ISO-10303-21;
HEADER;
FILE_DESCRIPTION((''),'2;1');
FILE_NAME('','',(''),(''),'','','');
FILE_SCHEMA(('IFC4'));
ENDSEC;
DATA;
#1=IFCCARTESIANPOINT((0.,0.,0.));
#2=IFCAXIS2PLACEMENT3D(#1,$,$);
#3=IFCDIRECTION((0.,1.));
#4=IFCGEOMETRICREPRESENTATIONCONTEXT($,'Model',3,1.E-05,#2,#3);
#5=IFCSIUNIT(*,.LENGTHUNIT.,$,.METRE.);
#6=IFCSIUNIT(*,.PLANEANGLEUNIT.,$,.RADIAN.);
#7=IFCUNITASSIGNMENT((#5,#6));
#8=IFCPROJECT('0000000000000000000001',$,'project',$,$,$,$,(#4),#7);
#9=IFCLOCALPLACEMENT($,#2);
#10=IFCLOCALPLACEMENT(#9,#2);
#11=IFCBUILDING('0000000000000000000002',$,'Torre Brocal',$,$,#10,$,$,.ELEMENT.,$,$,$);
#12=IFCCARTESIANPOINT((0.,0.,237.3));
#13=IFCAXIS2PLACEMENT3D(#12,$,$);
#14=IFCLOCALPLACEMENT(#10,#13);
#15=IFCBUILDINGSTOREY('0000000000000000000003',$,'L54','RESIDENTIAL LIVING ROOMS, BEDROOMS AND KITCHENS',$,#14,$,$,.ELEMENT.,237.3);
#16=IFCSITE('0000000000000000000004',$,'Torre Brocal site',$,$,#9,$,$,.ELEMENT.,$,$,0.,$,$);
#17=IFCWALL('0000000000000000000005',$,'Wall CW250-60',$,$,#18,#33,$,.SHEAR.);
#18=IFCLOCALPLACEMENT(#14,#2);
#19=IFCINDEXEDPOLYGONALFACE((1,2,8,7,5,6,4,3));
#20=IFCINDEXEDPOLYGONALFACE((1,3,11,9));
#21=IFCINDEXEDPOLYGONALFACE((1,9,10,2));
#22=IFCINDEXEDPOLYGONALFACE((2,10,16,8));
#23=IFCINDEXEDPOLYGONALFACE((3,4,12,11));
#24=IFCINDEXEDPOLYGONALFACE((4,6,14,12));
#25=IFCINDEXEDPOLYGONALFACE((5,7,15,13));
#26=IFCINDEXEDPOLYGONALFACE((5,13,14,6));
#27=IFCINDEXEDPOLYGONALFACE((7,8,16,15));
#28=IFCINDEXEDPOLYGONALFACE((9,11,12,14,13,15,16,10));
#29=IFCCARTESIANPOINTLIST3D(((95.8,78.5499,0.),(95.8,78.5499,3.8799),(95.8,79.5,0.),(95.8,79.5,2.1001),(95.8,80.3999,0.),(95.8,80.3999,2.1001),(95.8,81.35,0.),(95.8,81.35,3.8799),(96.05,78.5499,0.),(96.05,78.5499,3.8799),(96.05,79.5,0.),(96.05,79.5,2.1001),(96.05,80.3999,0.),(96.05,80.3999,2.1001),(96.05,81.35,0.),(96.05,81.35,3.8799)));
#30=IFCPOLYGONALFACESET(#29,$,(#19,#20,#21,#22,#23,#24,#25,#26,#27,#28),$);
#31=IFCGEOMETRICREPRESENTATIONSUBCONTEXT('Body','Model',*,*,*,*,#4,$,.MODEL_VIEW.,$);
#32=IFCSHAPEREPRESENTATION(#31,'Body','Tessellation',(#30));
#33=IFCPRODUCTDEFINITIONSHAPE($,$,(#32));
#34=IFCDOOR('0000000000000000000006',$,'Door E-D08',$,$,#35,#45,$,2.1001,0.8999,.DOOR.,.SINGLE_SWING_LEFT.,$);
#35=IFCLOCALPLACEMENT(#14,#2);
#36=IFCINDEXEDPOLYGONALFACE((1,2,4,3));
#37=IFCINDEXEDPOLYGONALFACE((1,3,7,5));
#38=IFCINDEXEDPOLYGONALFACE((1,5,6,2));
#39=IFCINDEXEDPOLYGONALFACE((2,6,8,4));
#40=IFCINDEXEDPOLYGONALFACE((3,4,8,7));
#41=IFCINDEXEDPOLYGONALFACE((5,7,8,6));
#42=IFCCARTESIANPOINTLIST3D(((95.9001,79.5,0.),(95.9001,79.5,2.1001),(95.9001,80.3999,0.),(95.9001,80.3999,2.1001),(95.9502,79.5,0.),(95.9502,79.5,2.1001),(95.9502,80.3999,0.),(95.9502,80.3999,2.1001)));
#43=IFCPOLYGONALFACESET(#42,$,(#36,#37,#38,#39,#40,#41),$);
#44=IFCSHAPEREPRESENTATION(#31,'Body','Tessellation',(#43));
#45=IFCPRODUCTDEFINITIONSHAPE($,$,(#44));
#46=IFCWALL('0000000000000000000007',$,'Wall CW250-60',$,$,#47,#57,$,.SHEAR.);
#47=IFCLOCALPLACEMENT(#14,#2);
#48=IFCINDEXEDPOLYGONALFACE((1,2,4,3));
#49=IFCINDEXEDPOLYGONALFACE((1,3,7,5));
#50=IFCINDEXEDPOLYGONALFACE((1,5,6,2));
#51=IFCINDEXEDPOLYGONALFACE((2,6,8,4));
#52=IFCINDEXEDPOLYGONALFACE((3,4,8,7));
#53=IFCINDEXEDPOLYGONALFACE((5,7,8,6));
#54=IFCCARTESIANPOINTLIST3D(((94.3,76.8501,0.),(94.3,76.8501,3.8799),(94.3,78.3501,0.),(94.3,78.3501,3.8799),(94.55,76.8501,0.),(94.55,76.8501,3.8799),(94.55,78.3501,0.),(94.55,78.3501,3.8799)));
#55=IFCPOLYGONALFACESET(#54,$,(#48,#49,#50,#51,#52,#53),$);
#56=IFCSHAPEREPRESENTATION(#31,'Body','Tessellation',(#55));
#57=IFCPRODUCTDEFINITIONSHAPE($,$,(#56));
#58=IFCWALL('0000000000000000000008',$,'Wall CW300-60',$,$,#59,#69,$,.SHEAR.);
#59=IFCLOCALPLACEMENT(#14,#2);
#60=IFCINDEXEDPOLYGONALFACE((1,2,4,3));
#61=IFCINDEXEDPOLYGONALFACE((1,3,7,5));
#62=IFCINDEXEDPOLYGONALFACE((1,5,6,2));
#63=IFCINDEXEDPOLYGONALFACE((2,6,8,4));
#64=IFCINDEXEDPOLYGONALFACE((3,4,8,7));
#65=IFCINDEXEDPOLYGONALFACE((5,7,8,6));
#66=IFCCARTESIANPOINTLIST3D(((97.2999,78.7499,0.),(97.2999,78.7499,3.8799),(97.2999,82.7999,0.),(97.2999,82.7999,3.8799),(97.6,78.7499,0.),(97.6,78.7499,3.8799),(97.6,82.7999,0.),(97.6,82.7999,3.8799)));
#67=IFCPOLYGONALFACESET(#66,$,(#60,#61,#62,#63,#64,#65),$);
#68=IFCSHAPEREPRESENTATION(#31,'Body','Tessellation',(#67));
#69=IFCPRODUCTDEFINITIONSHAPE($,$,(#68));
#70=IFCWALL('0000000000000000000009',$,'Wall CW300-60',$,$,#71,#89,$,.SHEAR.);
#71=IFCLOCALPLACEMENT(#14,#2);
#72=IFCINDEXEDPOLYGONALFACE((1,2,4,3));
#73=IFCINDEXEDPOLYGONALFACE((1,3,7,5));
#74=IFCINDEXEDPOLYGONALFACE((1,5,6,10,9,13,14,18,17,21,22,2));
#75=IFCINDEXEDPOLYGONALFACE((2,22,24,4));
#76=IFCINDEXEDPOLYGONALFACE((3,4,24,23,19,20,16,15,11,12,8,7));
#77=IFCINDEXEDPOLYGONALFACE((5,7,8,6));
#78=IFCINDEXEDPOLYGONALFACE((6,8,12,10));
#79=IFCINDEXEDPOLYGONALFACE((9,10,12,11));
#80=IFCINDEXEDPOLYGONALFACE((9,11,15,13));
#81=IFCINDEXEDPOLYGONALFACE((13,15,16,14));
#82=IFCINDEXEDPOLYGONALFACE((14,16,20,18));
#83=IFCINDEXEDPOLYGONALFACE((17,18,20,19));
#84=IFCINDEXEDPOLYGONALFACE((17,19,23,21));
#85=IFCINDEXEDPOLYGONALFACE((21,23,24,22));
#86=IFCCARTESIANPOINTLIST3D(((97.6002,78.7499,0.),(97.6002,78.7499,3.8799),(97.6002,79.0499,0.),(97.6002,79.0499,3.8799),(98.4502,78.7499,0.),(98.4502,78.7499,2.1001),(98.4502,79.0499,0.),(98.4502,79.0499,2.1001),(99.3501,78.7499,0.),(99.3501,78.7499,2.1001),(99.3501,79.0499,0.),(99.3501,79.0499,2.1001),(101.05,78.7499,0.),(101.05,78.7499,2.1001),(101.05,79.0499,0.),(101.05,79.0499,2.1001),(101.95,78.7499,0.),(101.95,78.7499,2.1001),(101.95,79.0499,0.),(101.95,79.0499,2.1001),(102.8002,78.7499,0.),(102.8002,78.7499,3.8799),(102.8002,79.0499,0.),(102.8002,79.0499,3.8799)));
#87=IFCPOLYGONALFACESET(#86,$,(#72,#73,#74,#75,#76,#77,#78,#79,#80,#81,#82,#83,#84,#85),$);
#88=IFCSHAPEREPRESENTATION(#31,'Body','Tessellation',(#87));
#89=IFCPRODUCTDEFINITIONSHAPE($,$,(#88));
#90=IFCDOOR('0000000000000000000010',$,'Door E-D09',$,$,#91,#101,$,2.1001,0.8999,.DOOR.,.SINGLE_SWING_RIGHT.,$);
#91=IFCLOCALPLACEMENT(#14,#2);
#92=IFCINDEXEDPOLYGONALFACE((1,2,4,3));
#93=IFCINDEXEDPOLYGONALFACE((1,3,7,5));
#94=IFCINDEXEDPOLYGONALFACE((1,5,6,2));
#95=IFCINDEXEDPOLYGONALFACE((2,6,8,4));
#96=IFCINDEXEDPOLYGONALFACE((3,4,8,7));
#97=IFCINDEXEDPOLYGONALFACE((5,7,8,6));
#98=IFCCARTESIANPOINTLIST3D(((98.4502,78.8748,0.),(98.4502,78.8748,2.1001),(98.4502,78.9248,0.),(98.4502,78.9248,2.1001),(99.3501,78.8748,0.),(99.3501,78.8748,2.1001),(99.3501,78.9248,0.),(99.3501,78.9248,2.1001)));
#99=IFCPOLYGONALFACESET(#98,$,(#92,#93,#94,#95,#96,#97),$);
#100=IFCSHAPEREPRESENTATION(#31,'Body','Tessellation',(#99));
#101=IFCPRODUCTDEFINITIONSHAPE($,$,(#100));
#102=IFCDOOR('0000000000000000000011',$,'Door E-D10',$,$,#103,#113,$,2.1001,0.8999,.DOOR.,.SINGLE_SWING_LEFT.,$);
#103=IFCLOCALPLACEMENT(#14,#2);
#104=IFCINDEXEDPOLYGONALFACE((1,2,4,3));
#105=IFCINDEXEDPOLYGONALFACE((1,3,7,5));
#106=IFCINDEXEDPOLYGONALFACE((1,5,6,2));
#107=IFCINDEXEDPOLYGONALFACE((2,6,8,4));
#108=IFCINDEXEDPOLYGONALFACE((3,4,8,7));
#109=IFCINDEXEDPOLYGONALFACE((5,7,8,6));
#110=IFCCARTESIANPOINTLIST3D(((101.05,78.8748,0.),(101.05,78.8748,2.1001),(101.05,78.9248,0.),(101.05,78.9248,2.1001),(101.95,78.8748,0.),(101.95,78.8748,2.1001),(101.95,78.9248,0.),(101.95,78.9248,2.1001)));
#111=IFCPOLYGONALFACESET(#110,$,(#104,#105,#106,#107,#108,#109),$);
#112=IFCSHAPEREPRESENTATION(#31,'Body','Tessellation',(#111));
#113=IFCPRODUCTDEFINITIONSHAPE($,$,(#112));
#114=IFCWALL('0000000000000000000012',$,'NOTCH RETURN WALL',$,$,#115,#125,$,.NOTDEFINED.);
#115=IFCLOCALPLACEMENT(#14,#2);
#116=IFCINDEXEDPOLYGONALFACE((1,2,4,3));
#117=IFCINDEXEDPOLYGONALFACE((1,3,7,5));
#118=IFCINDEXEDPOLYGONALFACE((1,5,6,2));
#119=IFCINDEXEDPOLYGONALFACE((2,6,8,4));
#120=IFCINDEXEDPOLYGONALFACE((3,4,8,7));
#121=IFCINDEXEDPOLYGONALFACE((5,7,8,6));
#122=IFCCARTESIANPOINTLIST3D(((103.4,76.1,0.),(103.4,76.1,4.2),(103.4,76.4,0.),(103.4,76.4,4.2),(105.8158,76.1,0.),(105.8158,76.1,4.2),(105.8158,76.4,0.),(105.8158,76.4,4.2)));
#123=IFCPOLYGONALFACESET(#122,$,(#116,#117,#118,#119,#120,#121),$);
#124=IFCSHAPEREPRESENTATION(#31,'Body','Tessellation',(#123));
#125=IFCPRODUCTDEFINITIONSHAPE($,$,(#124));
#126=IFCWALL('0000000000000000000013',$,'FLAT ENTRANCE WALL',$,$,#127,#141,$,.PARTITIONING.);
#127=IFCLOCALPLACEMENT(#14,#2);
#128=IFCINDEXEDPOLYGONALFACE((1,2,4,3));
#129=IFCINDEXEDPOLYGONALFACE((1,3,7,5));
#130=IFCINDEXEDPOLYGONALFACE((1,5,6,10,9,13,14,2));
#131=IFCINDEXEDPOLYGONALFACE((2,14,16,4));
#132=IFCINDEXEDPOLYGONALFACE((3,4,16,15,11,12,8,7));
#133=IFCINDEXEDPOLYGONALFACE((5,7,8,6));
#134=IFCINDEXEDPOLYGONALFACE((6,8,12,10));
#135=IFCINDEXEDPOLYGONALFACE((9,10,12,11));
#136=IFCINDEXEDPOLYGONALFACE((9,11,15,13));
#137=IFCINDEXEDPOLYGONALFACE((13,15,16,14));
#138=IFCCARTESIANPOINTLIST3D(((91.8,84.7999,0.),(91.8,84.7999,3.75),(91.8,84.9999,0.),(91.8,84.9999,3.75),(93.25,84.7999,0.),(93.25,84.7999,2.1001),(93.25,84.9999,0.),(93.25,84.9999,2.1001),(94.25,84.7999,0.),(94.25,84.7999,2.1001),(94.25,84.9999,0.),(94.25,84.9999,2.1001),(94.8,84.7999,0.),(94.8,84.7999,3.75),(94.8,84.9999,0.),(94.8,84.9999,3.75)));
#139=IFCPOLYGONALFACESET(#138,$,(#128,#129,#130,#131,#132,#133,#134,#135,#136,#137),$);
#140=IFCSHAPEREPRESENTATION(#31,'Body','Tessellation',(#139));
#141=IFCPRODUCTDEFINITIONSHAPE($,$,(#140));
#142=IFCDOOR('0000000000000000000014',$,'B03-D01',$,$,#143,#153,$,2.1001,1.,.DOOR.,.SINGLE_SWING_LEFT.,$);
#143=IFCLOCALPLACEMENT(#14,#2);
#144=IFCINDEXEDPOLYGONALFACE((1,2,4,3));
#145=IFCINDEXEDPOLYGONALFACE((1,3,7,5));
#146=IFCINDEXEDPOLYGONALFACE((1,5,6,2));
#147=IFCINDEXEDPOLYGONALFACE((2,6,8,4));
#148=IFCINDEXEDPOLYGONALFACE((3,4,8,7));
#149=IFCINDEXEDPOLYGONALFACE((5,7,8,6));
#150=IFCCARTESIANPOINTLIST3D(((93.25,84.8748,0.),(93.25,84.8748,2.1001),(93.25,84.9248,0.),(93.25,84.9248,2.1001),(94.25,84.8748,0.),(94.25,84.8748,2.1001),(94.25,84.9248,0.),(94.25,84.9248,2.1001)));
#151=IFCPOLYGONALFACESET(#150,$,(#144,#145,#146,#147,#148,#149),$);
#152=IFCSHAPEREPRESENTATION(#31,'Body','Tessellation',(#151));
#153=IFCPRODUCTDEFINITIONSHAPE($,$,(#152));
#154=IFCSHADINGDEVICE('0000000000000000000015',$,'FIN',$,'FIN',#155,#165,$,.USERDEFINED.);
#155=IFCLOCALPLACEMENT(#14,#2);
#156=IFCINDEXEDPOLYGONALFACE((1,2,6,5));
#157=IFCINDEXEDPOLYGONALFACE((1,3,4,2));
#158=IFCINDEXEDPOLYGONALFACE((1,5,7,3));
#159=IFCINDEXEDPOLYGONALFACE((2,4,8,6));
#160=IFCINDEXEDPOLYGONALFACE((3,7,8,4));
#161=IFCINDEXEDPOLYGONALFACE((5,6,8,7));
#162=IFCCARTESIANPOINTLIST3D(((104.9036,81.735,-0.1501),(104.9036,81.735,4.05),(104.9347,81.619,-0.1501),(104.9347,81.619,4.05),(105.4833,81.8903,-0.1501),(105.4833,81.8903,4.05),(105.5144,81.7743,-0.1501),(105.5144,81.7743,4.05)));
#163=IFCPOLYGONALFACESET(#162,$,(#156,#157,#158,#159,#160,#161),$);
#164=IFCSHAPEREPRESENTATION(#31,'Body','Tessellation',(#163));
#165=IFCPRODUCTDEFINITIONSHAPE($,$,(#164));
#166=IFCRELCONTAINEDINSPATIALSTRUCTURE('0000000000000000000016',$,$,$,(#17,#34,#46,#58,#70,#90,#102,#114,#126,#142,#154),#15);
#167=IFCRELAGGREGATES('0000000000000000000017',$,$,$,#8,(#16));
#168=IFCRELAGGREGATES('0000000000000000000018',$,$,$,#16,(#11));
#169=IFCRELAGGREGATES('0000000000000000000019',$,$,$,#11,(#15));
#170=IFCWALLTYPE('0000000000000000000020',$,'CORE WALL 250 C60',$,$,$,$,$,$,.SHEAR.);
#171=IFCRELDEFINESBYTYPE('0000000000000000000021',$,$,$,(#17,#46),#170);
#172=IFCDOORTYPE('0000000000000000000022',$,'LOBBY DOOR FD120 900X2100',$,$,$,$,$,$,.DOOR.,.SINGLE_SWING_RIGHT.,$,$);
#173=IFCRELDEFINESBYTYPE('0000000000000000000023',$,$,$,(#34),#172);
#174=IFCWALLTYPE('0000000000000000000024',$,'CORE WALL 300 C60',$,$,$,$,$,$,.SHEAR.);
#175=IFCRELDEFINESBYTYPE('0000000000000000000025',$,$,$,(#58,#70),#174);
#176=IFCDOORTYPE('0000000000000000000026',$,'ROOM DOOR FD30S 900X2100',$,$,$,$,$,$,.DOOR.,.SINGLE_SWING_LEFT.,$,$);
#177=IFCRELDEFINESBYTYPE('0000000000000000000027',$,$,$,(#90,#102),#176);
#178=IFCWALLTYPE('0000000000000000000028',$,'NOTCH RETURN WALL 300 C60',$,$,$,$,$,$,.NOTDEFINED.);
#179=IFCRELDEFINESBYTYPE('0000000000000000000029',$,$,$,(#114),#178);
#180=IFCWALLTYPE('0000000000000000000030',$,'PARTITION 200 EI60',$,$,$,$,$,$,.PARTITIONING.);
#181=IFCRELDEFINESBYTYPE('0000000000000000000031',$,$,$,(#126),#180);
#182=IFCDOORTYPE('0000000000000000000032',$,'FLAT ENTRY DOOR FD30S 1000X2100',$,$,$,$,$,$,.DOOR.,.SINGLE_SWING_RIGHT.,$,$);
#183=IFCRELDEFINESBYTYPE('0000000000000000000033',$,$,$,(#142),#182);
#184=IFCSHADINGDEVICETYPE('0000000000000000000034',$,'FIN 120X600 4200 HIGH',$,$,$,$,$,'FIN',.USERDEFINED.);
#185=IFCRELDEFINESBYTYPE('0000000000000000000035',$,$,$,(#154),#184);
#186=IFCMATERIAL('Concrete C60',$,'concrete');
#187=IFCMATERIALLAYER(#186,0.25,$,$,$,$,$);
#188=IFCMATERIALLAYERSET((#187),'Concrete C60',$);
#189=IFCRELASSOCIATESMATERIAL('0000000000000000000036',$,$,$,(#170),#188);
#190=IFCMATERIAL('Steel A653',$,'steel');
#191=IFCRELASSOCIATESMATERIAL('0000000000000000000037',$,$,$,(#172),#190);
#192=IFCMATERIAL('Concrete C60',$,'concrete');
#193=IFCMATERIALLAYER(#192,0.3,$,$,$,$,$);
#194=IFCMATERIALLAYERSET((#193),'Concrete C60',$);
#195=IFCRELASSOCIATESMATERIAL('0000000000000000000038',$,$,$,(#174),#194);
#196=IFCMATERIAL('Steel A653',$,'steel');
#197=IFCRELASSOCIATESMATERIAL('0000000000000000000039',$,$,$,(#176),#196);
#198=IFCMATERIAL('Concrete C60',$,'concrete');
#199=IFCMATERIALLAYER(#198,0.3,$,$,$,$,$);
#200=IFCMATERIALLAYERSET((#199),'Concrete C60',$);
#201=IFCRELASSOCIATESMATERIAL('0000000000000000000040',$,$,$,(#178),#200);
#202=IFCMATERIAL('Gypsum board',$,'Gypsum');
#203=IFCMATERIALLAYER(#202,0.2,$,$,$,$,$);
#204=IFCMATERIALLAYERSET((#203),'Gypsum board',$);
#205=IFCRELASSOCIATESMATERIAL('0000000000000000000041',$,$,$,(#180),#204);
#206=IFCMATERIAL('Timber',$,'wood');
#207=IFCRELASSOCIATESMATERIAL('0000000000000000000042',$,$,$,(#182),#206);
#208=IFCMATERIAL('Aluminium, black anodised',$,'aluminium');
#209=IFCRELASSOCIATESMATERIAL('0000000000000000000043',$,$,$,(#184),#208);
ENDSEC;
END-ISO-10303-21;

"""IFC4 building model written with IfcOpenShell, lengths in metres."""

from ifc_helpers import new_model, si_unit, direction, frame, frame_2d, origin, origin_2d, place, context, subcontext, project, spatial, rectangle, extrude, material, layer, layer_set, material_profile, profile_set, type_object, element, fill, save


model = new_model("IFC4")

# Units and contexts
model_context = context("Model", 3, precision=1e-05, world=origin(), true_north=direction((0.0, 1.0)))
body_context = subcontext(model_context, "Body", "Model", "MODEL_VIEW")
ifc_project = project(units=[si_unit("LENGTHUNIT", "METRE"), si_unit("PLANEANGLEUNIT", "RADIAN")], contexts=[model_context])

# Site, building, storey
site_placement = place(None, origin())
site = spatial("IfcSite", under=ifc_project, at=site_placement, Name="Torre Brocal site", CompositionType="ELEMENT", RefElevation=0.0)
building_placement = place(site_placement, origin())
building = spatial("IfcBuilding", under=site, at=building_placement, Name="Torre Brocal", CompositionType="ELEMENT")
storey_placement = place(building_placement, frame((0.0, 0.0, 237.3)))
storey = spatial("IfcBuildingStorey", under=building, at=storey_placement, Name="L54", Description="RESIDENTIAL LIVING ROOMS, BEDROOMS AND KITCHENS", CompositionType="ELEMENT", Elevation=237.3)

# Wall, opening, door
ifc_material_1 = material(Name="Concrete C60", Category="concrete")
ifc_layer_1 = layer(ifc_material_1, 0.25)
ifc_layer_set_1 = layer_set([ifc_layer_1], Name="Concrete C60")
wall_type_1 = type_object("IfcWallType", Name="CORE WALL 250 C60", PredefinedType="SHEAR", material=ifc_layer_set_1)
wall_1_placement = place(storey_placement, frame((95.925, 78.55, 0.0), z_axis=(0.0, 0.0, 1.0), x_axis=(0.0, 1.0, 0.0)))
wall_1 = element("IfcWall", 1, at=wall_1_placement, inside=storey, type_object=wall_type_1, Name="Wall CW250-60", PredefinedType="SHEAR", context=body_context, shape_type="SweptSolid", body=[
    extrude(rectangle(XDim=2.8, YDim=0.25, at=frame_2d((1.3999, 0.0))), origin(), (0.0, 0.0, 1.0), 3.8799),
])
opening_1_placement = place(wall_1_placement, frame((0.95, 0.0, 0.0)))
opening_1 = element("IfcOpeningElement", 2, at=opening_1_placement, cuts=wall_1, PredefinedType="OPENING", context=body_context, shape_type="SweptSolid", body=[
    extrude(rectangle(XDim=0.8999, YDim=2.1001, at=frame_2d((0.45, 1.05))), frame((0.0, 0.135, 0.0), z_axis=(0.0, -1.0, 0.0), x_axis=(1.0, 0.0, 0.0)), (0.0, 0.0, 1.0), 0.27),
])
ifc_material_2 = material(Name="Steel A653", Category="steel")
door_type_1 = type_object("IfcDoorType", Name="LOBBY DOOR FD120 900X2100", OperationType="SINGLE_SWING_RIGHT", PredefinedType="DOOR", material=ifc_material_2)
door_1_placement = place(opening_1_placement, origin())
door_1 = element("IfcDoor", 3, at=door_1_placement, inside=storey, type_object=door_type_1, Name="Door E-D08", OperationType="SINGLE_SWING_LEFT", OverallHeight=2.1001, OverallWidth=0.8999, PredefinedType="DOOR", context=body_context, shape_type="SweptSolid", body=[
    extrude(rectangle(XDim=0.8999, YDim=2.1001, at=frame_2d((0.45, 1.05))), frame((0.0, 0.0249, 0.0), z_axis=(0.0, -1.0, 0.0), x_axis=(1.0, 0.0, 0.0)), (0.0, 0.0, 1.0), 0.05),
])
fill(opening_1, door_1)

# Walls
wall_2_placement = place(storey_placement, frame((94.425, 76.8501, 0.0), z_axis=(0.0, 0.0, 1.0), x_axis=(0.0, 1.0, 0.0)))
element("IfcWall", 4, at=wall_2_placement, inside=storey, type_object=wall_type_1, Name="Wall CW250-60", PredefinedType="SHEAR", context=body_context, shape_type="SweptSolid", body=[
    extrude(rectangle(XDim=1.5, YDim=0.25, at=frame_2d((0.75, 0.0))), origin(), (0.0, 0.0, 1.0), 3.8799),
])
ifc_material_3 = material(Name="Concrete C60", Category="concrete")
ifc_layer_2 = layer(ifc_material_3, 0.3)
ifc_layer_set_2 = layer_set([ifc_layer_2], Name="Concrete C60")
wall_type_2 = type_object("IfcWallType", Name="CORE WALL 300 C60", PredefinedType="SHEAR", material=ifc_layer_set_2)
wall_3_placement = place(storey_placement, frame((97.45, 78.75, 0.0), z_axis=(0.0, 0.0, 1.0), x_axis=(0.0, 1.0, 0.0)))
element("IfcWall", 5, at=wall_3_placement, inside=storey, type_object=wall_type_2, Name="Wall CW300-60", PredefinedType="SHEAR", context=body_context, shape_type="SweptSolid", body=[
    extrude(rectangle(XDim=4.05, YDim=0.3, at=frame_2d((2.0249, 0.0))), origin(), (0.0, 0.0, 1.0), 3.8799),
])

# Wall, openings, doors
wall_4_placement = place(storey_placement, frame((97.6001, 78.8999, 0.0), z_axis=(0.0, 0.0, 1.0), x_axis=(1.0, 0.0, 0.0)))
wall_4 = element("IfcWall", 6, at=wall_4_placement, inside=storey, type_object=wall_type_2, Name="Wall CW300-60", PredefinedType="SHEAR", context=body_context, shape_type="SweptSolid", body=[
    extrude(rectangle(XDim=5.2, YDim=0.3, at=frame_2d((2.6001, 0.0))), origin(), (0.0, 0.0, 1.0), 3.8799),
])
opening_2_placement = place(wall_4_placement, frame((0.8501, 0.0, 0.0)))
opening_2 = element("IfcOpeningElement", 7, at=opening_2_placement, cuts=wall_4, PredefinedType="OPENING", context=body_context, shape_type="SweptSolid", body=[
    extrude(rectangle(XDim=0.8999, YDim=2.1001, at=frame_2d((0.45, 1.05))), frame((0.0, 0.1599, 0.0), z_axis=(0.0, -1.0, 0.0), x_axis=(1.0, 0.0, 0.0)), (0.0, 0.0, 1.0), 0.3201),
])
opening_3_placement = place(wall_4_placement, frame((3.45, 0.0, 0.0)))
opening_3 = element("IfcOpeningElement", 8, at=opening_3_placement, cuts=wall_4, PredefinedType="OPENING", context=body_context, shape_type="SweptSolid", body=[
    extrude(rectangle(XDim=0.8999, YDim=2.1001, at=frame_2d((0.45, 1.05))), frame((0.0, 0.1599, 0.0), z_axis=(0.0, -1.0, 0.0), x_axis=(1.0, 0.0, 0.0)), (0.0, 0.0, 1.0), 0.3201),
])
ifc_material_4 = material(Name="Steel A653", Category="steel")
door_type_2 = type_object("IfcDoorType", Name="ROOM DOOR FD30S 900X2100", OperationType="SINGLE_SWING_LEFT", PredefinedType="DOOR", material=ifc_material_4)
door_2_placement = place(opening_2_placement, origin())
door_2 = element("IfcDoor", 9, at=door_2_placement, inside=storey, type_object=door_type_2, Name="Door E-D09", OperationType="SINGLE_SWING_RIGHT", OverallHeight=2.1001, OverallWidth=0.8999, PredefinedType="DOOR", context=body_context, shape_type="SweptSolid", body=[
    extrude(rectangle(XDim=0.8999, YDim=2.1001, at=frame_2d((0.45, 1.05))), frame((0.0, 0.0249, 0.0), z_axis=(0.0, -1.0, 0.0), x_axis=(1.0, 0.0, 0.0)), (0.0, 0.0, 1.0), 0.05),
])
fill(opening_2, door_2)
door_3_placement = place(opening_3_placement, origin())
door_3 = element("IfcDoor", 10, at=door_3_placement, inside=storey, type_object=door_type_2, Name="Door E-D10", OperationType="SINGLE_SWING_LEFT", OverallHeight=2.1001, OverallWidth=0.8999, PredefinedType="DOOR", context=body_context, shape_type="SweptSolid", body=[
    extrude(rectangle(XDim=0.8999, YDim=2.1001, at=frame_2d((0.45, 1.05))), frame((0.0, 0.0249, 0.0), z_axis=(0.0, -1.0, 0.0), x_axis=(1.0, 0.0, 0.0)), (0.0, 0.0, 1.0), 0.05),
])
fill(opening_3, door_3)

# Wall
ifc_material_5 = material(Name="Concrete C60", Category="concrete")
ifc_layer_3 = layer(ifc_material_5, 0.3)
ifc_layer_set_3 = layer_set([ifc_layer_3], Name="Concrete C60")
wall_type_3 = type_object("IfcWallType", Name="NOTCH RETURN WALL 300 C60", PredefinedType="NOTDEFINED", material=ifc_layer_set_3)
wall_5_placement = place(storey_placement, frame((103.3999, 76.25, 0.0), z_axis=(0.0, 0.0, 1.0), x_axis=(1.0, 0.0, 0.0)))
element("IfcWall", 11, at=wall_5_placement, inside=storey, type_object=wall_type_3, Name="NOTCH RETURN WALL", PredefinedType="NOTDEFINED", context=body_context, shape_type="SweptSolid", body=[
    extrude(rectangle(XDim=2.4158, YDim=0.3, at=frame_2d((1.208, 0.0))), origin(), (0.0, 0.0, 1.0), 4.2),
])

# Wall, opening, door
ifc_material_6 = material(Name="Gypsum board", Category="Gypsum")
ifc_layer_4 = layer(ifc_material_6, 0.2)
ifc_layer_set_4 = layer_set([ifc_layer_4], Name="Gypsum board")
wall_type_4 = type_object("IfcWallType", Name="PARTITION 200 EI60", PredefinedType="PARTITIONING", material=ifc_layer_set_4)
wall_6_placement = place(storey_placement, frame((91.8, 84.8999, 0.0), z_axis=(0.0, 0.0, 1.0), x_axis=(1.0, 0.0, 0.0)))
wall_6 = element("IfcWall", 12, at=wall_6_placement, inside=storey, type_object=wall_type_4, Name="FLAT ENTRANCE WALL", PredefinedType="PARTITIONING", context=body_context, shape_type="SweptSolid", body=[
    extrude(rectangle(XDim=3.0, YDim=0.2, at=frame_2d((1.5, 0.0))), origin(), (0.0, 0.0, 1.0), 3.75),
])
opening_4_placement = place(wall_6_placement, frame((1.45, 0.0, 0.0)))
opening_4 = element("IfcOpeningElement", 13, at=opening_4_placement, cuts=wall_6, PredefinedType="OPENING", context=body_context, shape_type="SweptSolid", body=[
    extrude(rectangle(XDim=1.0, YDim=2.1001, at=frame_2d((0.5, 1.05))), frame((0.0, 0.1099, 0.0), z_axis=(0.0, -1.0, 0.0), x_axis=(1.0, 0.0, 0.0)), (0.0, 0.0, 1.0), 0.22),
])
ifc_material_7 = material(Name="Timber", Category="wood")
door_type_3 = type_object("IfcDoorType", Name="FLAT ENTRY DOOR FD30S 1000X2100", OperationType="SINGLE_SWING_RIGHT", PredefinedType="DOOR", material=ifc_material_7)
door_4_placement = place(opening_4_placement, origin())
door_4 = element("IfcDoor", 14, at=door_4_placement, inside=storey, type_object=door_type_3, Name="B03-D01", OperationType="SINGLE_SWING_LEFT", OverallHeight=2.1001, OverallWidth=1.0, PredefinedType="DOOR", context=body_context, shape_type="SweptSolid", body=[
    extrude(rectangle(XDim=1.0, YDim=2.1001, at=frame_2d((0.5, 1.05))), frame((0.0, 0.0249, 0.0), z_axis=(0.0, -1.0, 0.0), x_axis=(1.0, 0.0, 0.0)), (0.0, 0.0, 1.0), 0.05),
])
fill(opening_4, door_4)

# Shading device
ifc_material_8 = material(Name="Aluminium, black anodised", Category="aluminium")
ifc_material_profile_1 = material_profile(ifc_material_8, rectangle(XDim=0.1201, YDim=0.6001, at=origin_2d()), Name="FIN 120X600 4200 HIGH")
ifc_profile_set_1 = profile_set([ifc_material_profile_1], Name="Aluminium, black anodised")
shading_device_type = type_object("IfcShadingDeviceType", Name="FIN 120X600 4200 HIGH", ElementType="FIN", PredefinedType="USERDEFINED", material=ifc_profile_set_1)
shading_device_placement = place(storey_placement, frame((105.209, 81.7546, -0.1501), z_axis=(0.0, 0.0, 1.0), x_axis=(-0.258819, 0.965926, 0.0)))
element("IfcShadingDevice", 15, at=shading_device_placement, inside=storey, type_object=shading_device_type, Name="FIN", ObjectType="FIN", PredefinedType="USERDEFINED", context=body_context, shape_type="SweptSolid", body=[
    extrude(rectangle(XDim=0.1201, YDim=0.6001, at=origin_2d()), origin(), (0.0, 0.0, 1.0), 4.2002),
])

save(model, "model.ifc")
